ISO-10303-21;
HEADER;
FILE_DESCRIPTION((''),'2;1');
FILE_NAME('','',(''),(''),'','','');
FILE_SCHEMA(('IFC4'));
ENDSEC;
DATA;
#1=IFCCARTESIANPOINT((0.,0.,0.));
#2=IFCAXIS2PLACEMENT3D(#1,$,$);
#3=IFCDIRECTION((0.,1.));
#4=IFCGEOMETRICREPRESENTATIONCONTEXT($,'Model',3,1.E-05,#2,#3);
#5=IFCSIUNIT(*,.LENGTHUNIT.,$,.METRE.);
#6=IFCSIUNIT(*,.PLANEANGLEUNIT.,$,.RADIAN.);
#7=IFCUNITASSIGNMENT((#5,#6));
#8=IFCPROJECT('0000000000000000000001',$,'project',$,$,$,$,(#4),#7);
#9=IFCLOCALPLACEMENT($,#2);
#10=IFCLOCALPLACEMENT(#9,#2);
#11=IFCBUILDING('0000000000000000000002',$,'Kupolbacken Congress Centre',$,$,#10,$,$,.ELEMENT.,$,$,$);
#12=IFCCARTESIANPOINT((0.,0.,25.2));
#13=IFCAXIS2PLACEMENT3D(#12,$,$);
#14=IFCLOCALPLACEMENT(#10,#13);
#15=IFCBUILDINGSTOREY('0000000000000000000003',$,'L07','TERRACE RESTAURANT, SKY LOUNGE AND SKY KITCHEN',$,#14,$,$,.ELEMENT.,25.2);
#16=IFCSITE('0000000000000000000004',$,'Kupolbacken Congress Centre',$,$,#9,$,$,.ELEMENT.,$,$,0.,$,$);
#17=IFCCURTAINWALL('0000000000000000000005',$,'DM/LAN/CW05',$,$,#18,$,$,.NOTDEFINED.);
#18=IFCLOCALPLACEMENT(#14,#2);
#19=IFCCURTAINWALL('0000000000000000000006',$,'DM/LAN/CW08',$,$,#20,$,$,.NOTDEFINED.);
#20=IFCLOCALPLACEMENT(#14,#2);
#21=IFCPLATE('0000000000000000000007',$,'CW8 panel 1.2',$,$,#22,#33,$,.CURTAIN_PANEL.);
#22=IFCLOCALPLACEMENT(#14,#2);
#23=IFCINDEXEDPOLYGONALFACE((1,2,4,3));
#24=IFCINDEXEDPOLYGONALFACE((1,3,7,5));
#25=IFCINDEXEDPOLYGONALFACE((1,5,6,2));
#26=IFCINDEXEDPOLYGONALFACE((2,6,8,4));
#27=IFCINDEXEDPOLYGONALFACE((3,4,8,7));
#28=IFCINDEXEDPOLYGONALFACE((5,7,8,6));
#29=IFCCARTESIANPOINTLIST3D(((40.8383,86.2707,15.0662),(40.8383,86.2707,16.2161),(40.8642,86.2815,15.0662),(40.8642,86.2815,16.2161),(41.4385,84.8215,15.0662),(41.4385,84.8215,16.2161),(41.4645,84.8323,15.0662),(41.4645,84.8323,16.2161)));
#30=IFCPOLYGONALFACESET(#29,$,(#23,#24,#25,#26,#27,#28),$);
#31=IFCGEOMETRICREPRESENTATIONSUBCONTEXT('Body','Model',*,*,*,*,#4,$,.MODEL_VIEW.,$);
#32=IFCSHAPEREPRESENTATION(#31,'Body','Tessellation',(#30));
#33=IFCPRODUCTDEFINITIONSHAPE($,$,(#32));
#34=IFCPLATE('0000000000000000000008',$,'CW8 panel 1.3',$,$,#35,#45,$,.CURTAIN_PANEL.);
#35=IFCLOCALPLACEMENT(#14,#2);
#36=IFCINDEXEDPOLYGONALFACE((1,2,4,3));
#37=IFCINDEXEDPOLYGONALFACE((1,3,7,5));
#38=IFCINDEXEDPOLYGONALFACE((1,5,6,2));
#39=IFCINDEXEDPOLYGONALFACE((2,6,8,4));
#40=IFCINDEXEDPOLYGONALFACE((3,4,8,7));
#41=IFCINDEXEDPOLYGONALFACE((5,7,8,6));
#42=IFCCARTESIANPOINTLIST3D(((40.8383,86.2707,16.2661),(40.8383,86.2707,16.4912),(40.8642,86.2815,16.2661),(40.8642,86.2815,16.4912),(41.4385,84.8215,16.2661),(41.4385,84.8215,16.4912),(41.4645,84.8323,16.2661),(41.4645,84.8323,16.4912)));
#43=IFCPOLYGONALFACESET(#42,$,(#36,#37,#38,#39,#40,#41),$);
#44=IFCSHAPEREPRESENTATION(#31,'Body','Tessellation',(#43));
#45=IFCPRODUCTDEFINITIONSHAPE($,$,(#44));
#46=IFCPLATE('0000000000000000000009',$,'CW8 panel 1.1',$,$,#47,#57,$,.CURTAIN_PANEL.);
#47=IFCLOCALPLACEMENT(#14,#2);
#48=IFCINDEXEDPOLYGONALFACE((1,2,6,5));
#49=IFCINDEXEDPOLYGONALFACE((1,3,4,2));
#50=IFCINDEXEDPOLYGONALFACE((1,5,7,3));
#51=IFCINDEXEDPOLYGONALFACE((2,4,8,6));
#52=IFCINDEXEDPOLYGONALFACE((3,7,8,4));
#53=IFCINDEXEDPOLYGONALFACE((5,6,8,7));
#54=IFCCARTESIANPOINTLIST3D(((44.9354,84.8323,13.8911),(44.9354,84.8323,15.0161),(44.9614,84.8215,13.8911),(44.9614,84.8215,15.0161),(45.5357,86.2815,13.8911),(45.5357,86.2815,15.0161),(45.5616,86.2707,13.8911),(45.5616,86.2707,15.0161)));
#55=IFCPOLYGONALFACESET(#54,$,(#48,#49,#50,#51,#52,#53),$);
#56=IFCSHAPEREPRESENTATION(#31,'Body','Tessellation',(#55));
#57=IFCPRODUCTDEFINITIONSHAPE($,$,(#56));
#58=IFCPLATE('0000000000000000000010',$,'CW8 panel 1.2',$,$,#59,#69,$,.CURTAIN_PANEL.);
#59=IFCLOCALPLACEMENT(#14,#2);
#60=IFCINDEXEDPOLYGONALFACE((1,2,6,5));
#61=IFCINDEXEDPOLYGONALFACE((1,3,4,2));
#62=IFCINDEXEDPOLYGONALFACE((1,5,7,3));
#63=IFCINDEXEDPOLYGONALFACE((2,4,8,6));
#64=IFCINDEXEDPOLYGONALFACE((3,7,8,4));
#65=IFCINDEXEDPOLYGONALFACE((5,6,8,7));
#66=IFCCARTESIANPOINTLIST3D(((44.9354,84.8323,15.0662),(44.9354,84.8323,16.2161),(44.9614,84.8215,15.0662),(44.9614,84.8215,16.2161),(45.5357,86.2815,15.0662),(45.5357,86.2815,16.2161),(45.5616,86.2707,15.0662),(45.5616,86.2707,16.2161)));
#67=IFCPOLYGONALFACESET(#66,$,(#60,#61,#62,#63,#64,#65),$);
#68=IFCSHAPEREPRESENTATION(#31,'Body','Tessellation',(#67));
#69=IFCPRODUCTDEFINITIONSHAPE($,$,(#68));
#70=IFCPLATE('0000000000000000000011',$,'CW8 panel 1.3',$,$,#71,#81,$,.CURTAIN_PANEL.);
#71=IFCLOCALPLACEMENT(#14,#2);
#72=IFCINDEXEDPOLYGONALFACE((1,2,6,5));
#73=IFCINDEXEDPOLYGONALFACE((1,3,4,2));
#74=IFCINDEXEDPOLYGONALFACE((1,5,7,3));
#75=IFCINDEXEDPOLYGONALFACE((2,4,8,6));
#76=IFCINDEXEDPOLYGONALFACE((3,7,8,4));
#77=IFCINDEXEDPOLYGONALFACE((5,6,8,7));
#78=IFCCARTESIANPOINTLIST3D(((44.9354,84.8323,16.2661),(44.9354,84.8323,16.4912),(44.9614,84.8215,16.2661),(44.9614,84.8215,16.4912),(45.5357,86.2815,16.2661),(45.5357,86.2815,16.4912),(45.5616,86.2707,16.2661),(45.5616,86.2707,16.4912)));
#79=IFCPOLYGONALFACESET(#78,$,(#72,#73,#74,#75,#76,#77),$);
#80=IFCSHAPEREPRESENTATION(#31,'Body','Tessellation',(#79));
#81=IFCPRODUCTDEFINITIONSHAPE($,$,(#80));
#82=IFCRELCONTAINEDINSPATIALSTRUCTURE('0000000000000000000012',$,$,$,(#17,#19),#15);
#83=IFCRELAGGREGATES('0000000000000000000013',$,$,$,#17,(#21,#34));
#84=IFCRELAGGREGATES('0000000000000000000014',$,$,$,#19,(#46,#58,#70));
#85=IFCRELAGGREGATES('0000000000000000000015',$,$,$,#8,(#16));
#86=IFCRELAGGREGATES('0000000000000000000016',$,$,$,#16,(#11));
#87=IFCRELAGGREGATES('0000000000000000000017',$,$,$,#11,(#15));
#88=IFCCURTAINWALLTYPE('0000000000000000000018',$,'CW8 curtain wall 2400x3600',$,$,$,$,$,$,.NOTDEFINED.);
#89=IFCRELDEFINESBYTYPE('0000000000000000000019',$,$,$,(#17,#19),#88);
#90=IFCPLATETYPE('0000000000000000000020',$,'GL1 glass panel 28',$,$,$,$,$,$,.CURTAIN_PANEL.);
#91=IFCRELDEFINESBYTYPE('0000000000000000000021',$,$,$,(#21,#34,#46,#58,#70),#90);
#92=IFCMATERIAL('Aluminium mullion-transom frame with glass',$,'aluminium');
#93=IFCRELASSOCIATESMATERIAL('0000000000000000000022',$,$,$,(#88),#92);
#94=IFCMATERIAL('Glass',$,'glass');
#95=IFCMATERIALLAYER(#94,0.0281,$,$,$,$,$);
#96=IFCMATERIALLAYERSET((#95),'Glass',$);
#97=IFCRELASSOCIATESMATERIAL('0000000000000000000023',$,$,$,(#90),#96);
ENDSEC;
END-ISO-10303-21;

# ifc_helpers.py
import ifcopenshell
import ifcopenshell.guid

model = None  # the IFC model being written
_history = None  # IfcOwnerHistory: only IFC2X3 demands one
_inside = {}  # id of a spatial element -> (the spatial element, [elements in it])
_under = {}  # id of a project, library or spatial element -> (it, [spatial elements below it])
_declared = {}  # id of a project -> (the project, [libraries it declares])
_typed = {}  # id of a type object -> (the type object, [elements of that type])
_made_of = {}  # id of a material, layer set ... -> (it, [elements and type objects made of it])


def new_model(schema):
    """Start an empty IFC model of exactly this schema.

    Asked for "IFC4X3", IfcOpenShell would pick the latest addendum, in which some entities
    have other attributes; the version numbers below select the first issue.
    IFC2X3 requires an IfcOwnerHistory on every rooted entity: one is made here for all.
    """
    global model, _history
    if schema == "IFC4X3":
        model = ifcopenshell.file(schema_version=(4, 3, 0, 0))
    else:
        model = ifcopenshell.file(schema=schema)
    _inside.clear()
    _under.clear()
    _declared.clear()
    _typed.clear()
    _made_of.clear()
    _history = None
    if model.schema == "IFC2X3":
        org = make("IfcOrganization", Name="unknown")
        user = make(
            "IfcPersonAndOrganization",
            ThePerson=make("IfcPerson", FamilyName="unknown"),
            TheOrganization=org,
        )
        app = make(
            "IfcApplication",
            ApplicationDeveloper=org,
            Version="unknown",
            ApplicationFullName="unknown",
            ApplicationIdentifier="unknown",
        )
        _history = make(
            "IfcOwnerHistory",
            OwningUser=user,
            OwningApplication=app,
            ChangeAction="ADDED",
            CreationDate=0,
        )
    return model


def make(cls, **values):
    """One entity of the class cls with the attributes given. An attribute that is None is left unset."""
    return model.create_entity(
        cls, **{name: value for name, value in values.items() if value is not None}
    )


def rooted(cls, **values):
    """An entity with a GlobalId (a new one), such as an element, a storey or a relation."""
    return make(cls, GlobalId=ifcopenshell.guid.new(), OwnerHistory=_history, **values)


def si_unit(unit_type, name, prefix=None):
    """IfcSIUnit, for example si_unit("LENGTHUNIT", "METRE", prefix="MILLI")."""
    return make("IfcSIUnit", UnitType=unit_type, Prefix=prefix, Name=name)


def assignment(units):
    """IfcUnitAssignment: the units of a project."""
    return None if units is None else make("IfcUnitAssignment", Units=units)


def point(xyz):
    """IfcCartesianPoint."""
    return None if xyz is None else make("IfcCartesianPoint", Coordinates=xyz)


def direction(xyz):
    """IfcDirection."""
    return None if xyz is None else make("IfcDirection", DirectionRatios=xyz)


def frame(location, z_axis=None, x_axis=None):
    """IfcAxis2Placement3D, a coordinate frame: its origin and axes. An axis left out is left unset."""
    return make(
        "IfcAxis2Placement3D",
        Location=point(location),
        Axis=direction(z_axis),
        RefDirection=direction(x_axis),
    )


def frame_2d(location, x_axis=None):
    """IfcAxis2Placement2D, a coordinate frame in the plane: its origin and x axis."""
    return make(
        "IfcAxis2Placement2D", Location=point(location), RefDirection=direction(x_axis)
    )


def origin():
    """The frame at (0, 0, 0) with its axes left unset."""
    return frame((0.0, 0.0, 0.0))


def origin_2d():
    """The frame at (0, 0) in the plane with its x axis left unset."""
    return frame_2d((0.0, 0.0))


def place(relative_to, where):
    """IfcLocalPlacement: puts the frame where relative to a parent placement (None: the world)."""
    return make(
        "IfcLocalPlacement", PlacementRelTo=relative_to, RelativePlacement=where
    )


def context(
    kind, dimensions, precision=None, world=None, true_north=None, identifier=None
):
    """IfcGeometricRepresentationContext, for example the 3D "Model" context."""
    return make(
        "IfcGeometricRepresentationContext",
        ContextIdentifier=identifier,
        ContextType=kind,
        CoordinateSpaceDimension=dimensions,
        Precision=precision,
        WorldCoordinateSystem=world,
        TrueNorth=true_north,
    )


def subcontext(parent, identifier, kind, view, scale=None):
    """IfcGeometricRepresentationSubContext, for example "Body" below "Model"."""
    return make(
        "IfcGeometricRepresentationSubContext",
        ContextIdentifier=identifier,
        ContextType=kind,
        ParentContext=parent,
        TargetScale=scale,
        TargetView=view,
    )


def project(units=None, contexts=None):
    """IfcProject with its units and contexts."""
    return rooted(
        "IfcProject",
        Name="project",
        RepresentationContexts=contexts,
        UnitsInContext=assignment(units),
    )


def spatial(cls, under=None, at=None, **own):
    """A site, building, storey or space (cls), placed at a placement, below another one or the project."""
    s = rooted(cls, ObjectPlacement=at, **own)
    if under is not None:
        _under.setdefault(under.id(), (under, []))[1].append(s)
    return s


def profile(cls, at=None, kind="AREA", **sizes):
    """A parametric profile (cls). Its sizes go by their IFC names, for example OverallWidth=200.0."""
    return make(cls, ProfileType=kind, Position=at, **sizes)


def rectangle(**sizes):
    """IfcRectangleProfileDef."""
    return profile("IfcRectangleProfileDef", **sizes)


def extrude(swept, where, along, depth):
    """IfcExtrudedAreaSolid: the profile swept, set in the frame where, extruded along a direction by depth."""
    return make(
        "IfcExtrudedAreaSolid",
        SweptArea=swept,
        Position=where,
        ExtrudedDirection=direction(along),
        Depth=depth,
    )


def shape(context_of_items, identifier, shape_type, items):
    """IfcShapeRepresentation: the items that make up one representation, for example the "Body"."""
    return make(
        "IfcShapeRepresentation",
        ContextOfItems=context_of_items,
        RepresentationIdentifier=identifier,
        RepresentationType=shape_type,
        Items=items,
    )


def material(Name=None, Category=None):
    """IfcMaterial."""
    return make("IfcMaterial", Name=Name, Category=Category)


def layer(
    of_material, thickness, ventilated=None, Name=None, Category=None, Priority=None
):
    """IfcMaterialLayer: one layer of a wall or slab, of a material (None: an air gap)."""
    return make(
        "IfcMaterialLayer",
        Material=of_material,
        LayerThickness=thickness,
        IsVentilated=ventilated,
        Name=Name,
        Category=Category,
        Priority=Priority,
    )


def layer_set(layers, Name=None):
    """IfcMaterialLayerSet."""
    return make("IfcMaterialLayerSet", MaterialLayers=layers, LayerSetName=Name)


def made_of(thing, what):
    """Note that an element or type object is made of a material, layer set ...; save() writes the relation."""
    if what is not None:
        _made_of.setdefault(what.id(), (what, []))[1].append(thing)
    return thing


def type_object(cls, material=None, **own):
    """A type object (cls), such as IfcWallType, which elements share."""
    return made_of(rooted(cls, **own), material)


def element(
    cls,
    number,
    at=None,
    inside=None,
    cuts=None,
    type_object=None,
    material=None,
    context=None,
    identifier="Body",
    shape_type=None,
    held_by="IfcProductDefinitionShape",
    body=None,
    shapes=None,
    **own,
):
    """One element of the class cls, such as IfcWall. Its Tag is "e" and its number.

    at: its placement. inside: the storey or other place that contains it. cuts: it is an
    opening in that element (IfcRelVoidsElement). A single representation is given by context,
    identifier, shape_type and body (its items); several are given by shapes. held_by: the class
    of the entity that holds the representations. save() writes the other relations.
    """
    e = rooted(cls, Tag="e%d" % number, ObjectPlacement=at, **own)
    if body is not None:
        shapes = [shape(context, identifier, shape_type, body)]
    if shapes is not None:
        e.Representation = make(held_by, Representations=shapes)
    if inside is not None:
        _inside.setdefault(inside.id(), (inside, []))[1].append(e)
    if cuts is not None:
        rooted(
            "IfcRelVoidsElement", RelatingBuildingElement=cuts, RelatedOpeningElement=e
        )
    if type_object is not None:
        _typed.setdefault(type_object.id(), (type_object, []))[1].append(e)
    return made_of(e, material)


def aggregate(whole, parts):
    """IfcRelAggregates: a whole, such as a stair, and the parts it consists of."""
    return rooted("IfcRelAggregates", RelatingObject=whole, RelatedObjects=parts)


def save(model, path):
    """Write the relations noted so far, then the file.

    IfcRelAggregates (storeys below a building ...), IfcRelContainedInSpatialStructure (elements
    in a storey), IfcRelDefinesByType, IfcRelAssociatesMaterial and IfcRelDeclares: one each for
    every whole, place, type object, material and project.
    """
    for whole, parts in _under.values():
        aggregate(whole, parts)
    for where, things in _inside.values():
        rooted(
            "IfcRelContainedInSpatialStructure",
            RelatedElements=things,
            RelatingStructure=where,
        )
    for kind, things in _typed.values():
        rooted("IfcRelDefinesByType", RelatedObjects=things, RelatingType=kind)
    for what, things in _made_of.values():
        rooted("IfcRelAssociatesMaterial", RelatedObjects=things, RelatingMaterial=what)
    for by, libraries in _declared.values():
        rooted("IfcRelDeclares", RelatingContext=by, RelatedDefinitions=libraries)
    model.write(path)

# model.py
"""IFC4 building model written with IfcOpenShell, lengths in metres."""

from ifc_helpers import new_model, si_unit, direction, frame, origin, origin_2d, place, context, subcontext, project, spatial, rectangle, extrude, material, layer, layer_set, type_object, element, aggregate, save


model = new_model("IFC4")

# Units and contexts
model_context = context("Model", 3, precision=1e-05, world=origin(), true_north=direction((0.0, 1.0)))
body_context = subcontext(model_context, "Body", "Model", "MODEL_VIEW")
ifc_project = project(units=[si_unit("LENGTHUNIT", "METRE"), si_unit("PLANEANGLEUNIT", "RADIAN")], contexts=[model_context])

# Site, building, storey
site_placement = place(None, origin())
site = spatial("IfcSite", under=ifc_project, at=site_placement, Name="Kupolbacken Congress Centre", CompositionType="ELEMENT", RefElevation=0.0)
building_placement = place(site_placement, origin())
building = spatial("IfcBuilding", under=site, at=building_placement, Name="Kupolbacken Congress Centre", CompositionType="ELEMENT")
storey_placement = place(building_placement, frame((0.0, 0.0, 25.2)))
storey = spatial("IfcBuildingStorey", under=building, at=storey_placement, Name="L07", Description="TERRACE RESTAURANT, SKY LOUNGE AND SKY KITCHEN", CompositionType="ELEMENT", Elevation=25.2)

# Shared definitions
ifc_material_1 = material(Name="Aluminium mullion-transom frame with glass", Category="aluminium")
curtain_wall_type = type_object("IfcCurtainWallType", Name="CW8 curtain wall 2400x3600", PredefinedType="NOTDEFINED", material=ifc_material_1)

# Curtain walls
curtain_wall_1_placement = place(storey_placement, origin())
curtain_wall_1 = element("IfcCurtainWall", 1, at=curtain_wall_1_placement, inside=storey, type_object=curtain_wall_type, Name="DM/LAN/CW05", PredefinedType="NOTDEFINED")
curtain_wall_2_placement = place(storey_placement, origin())
curtain_wall_2 = element("IfcCurtainWall", 2, at=curtain_wall_2_placement, inside=storey, type_object=curtain_wall_type, Name="DM/LAN/CW08", PredefinedType="NOTDEFINED")

# Plates
ifc_material_2 = material(Name="Glass", Category="glass")
ifc_layer = layer(ifc_material_2, 0.0281)
ifc_layer_set = layer_set([ifc_layer], Name="Glass")
plate_type = type_object("IfcPlateType", Name="GL1 glass panel 28", PredefinedType="CURTAIN_PANEL", material=ifc_layer_set)
plate_1_placement = place(storey_placement, frame((41.1514, 85.5515, 15.0662), z_axis=(0.0, 0.0, 1.0), x_axis=(0.382683, -0.92388, 0.0)))
plate_1 = element("IfcPlate", 3, at=plate_1_placement, type_object=plate_type, Name="CW8 panel 1.2", PredefinedType="CURTAIN_PANEL", context=body_context, shape_type="SweptSolid", body=[
    extrude(rectangle(XDim=1.5686, YDim=0.0281, at=origin_2d()), origin(), (0.0, 0.0, 1.0), 1.1499),
])
plate_2_placement = place(storey_placement, frame((41.1514, 85.5515, 16.2661), z_axis=(0.0, 0.0, 1.0), x_axis=(0.382683, -0.92388, 0.0)))
plate_2 = element("IfcPlate", 4, at=plate_2_placement, type_object=plate_type, Name="CW8 panel 1.3", PredefinedType="CURTAIN_PANEL", context=body_context, shape_type="SweptSolid", body=[
    extrude(rectangle(XDim=1.5686, YDim=0.0281, at=origin_2d()), origin(), (0.0, 0.0, 1.0), 0.2251),
])
aggregate(curtain_wall_1, [plate_1, plate_2])
plate_3_placement = place(storey_placement, frame((45.2485, 85.5515, 13.8911), z_axis=(0.0, 0.0, 1.0), x_axis=(0.382683, 0.92388, 0.0)))
plate_3 = element("IfcPlate", 5, at=plate_3_placement, type_object=plate_type, Name="CW8 panel 1.1", PredefinedType="CURTAIN_PANEL", context=body_context, shape_type="SweptSolid", body=[
    extrude(rectangle(XDim=1.5686, YDim=0.0281, at=origin_2d()), origin(), (0.0, 0.0, 1.0), 1.125),
])
plate_4_placement = place(storey_placement, frame((45.2485, 85.5515, 15.0662), z_axis=(0.0, 0.0, 1.0), x_axis=(0.382683, 0.92388, 0.0)))
plate_4 = element("IfcPlate", 6, at=plate_4_placement, type_object=plate_type, Name="CW8 panel 1.2", PredefinedType="CURTAIN_PANEL", context=body_context, shape_type="SweptSolid", body=[
    extrude(rectangle(XDim=1.5686, YDim=0.0281, at=origin_2d()), origin(), (0.0, 0.0, 1.0), 1.1499),
])
plate_5_placement = place(storey_placement, frame((45.2485, 85.5515, 16.2661), z_axis=(0.0, 0.0, 1.0), x_axis=(0.382683, 0.92388, 0.0)))
plate_5 = element("IfcPlate", 7, at=plate_5_placement, type_object=plate_type, Name="CW8 panel 1.3", PredefinedType="CURTAIN_PANEL", context=body_context, shape_type="SweptSolid", body=[
    extrude(rectangle(XDim=1.5686, YDim=0.0281, at=origin_2d()), origin(), (0.0, 0.0, 1.0), 0.2251),
])
aggregate(curtain_wall_2, [plate_3, plate_4, plate_5])

save(model, "model.ifc")
